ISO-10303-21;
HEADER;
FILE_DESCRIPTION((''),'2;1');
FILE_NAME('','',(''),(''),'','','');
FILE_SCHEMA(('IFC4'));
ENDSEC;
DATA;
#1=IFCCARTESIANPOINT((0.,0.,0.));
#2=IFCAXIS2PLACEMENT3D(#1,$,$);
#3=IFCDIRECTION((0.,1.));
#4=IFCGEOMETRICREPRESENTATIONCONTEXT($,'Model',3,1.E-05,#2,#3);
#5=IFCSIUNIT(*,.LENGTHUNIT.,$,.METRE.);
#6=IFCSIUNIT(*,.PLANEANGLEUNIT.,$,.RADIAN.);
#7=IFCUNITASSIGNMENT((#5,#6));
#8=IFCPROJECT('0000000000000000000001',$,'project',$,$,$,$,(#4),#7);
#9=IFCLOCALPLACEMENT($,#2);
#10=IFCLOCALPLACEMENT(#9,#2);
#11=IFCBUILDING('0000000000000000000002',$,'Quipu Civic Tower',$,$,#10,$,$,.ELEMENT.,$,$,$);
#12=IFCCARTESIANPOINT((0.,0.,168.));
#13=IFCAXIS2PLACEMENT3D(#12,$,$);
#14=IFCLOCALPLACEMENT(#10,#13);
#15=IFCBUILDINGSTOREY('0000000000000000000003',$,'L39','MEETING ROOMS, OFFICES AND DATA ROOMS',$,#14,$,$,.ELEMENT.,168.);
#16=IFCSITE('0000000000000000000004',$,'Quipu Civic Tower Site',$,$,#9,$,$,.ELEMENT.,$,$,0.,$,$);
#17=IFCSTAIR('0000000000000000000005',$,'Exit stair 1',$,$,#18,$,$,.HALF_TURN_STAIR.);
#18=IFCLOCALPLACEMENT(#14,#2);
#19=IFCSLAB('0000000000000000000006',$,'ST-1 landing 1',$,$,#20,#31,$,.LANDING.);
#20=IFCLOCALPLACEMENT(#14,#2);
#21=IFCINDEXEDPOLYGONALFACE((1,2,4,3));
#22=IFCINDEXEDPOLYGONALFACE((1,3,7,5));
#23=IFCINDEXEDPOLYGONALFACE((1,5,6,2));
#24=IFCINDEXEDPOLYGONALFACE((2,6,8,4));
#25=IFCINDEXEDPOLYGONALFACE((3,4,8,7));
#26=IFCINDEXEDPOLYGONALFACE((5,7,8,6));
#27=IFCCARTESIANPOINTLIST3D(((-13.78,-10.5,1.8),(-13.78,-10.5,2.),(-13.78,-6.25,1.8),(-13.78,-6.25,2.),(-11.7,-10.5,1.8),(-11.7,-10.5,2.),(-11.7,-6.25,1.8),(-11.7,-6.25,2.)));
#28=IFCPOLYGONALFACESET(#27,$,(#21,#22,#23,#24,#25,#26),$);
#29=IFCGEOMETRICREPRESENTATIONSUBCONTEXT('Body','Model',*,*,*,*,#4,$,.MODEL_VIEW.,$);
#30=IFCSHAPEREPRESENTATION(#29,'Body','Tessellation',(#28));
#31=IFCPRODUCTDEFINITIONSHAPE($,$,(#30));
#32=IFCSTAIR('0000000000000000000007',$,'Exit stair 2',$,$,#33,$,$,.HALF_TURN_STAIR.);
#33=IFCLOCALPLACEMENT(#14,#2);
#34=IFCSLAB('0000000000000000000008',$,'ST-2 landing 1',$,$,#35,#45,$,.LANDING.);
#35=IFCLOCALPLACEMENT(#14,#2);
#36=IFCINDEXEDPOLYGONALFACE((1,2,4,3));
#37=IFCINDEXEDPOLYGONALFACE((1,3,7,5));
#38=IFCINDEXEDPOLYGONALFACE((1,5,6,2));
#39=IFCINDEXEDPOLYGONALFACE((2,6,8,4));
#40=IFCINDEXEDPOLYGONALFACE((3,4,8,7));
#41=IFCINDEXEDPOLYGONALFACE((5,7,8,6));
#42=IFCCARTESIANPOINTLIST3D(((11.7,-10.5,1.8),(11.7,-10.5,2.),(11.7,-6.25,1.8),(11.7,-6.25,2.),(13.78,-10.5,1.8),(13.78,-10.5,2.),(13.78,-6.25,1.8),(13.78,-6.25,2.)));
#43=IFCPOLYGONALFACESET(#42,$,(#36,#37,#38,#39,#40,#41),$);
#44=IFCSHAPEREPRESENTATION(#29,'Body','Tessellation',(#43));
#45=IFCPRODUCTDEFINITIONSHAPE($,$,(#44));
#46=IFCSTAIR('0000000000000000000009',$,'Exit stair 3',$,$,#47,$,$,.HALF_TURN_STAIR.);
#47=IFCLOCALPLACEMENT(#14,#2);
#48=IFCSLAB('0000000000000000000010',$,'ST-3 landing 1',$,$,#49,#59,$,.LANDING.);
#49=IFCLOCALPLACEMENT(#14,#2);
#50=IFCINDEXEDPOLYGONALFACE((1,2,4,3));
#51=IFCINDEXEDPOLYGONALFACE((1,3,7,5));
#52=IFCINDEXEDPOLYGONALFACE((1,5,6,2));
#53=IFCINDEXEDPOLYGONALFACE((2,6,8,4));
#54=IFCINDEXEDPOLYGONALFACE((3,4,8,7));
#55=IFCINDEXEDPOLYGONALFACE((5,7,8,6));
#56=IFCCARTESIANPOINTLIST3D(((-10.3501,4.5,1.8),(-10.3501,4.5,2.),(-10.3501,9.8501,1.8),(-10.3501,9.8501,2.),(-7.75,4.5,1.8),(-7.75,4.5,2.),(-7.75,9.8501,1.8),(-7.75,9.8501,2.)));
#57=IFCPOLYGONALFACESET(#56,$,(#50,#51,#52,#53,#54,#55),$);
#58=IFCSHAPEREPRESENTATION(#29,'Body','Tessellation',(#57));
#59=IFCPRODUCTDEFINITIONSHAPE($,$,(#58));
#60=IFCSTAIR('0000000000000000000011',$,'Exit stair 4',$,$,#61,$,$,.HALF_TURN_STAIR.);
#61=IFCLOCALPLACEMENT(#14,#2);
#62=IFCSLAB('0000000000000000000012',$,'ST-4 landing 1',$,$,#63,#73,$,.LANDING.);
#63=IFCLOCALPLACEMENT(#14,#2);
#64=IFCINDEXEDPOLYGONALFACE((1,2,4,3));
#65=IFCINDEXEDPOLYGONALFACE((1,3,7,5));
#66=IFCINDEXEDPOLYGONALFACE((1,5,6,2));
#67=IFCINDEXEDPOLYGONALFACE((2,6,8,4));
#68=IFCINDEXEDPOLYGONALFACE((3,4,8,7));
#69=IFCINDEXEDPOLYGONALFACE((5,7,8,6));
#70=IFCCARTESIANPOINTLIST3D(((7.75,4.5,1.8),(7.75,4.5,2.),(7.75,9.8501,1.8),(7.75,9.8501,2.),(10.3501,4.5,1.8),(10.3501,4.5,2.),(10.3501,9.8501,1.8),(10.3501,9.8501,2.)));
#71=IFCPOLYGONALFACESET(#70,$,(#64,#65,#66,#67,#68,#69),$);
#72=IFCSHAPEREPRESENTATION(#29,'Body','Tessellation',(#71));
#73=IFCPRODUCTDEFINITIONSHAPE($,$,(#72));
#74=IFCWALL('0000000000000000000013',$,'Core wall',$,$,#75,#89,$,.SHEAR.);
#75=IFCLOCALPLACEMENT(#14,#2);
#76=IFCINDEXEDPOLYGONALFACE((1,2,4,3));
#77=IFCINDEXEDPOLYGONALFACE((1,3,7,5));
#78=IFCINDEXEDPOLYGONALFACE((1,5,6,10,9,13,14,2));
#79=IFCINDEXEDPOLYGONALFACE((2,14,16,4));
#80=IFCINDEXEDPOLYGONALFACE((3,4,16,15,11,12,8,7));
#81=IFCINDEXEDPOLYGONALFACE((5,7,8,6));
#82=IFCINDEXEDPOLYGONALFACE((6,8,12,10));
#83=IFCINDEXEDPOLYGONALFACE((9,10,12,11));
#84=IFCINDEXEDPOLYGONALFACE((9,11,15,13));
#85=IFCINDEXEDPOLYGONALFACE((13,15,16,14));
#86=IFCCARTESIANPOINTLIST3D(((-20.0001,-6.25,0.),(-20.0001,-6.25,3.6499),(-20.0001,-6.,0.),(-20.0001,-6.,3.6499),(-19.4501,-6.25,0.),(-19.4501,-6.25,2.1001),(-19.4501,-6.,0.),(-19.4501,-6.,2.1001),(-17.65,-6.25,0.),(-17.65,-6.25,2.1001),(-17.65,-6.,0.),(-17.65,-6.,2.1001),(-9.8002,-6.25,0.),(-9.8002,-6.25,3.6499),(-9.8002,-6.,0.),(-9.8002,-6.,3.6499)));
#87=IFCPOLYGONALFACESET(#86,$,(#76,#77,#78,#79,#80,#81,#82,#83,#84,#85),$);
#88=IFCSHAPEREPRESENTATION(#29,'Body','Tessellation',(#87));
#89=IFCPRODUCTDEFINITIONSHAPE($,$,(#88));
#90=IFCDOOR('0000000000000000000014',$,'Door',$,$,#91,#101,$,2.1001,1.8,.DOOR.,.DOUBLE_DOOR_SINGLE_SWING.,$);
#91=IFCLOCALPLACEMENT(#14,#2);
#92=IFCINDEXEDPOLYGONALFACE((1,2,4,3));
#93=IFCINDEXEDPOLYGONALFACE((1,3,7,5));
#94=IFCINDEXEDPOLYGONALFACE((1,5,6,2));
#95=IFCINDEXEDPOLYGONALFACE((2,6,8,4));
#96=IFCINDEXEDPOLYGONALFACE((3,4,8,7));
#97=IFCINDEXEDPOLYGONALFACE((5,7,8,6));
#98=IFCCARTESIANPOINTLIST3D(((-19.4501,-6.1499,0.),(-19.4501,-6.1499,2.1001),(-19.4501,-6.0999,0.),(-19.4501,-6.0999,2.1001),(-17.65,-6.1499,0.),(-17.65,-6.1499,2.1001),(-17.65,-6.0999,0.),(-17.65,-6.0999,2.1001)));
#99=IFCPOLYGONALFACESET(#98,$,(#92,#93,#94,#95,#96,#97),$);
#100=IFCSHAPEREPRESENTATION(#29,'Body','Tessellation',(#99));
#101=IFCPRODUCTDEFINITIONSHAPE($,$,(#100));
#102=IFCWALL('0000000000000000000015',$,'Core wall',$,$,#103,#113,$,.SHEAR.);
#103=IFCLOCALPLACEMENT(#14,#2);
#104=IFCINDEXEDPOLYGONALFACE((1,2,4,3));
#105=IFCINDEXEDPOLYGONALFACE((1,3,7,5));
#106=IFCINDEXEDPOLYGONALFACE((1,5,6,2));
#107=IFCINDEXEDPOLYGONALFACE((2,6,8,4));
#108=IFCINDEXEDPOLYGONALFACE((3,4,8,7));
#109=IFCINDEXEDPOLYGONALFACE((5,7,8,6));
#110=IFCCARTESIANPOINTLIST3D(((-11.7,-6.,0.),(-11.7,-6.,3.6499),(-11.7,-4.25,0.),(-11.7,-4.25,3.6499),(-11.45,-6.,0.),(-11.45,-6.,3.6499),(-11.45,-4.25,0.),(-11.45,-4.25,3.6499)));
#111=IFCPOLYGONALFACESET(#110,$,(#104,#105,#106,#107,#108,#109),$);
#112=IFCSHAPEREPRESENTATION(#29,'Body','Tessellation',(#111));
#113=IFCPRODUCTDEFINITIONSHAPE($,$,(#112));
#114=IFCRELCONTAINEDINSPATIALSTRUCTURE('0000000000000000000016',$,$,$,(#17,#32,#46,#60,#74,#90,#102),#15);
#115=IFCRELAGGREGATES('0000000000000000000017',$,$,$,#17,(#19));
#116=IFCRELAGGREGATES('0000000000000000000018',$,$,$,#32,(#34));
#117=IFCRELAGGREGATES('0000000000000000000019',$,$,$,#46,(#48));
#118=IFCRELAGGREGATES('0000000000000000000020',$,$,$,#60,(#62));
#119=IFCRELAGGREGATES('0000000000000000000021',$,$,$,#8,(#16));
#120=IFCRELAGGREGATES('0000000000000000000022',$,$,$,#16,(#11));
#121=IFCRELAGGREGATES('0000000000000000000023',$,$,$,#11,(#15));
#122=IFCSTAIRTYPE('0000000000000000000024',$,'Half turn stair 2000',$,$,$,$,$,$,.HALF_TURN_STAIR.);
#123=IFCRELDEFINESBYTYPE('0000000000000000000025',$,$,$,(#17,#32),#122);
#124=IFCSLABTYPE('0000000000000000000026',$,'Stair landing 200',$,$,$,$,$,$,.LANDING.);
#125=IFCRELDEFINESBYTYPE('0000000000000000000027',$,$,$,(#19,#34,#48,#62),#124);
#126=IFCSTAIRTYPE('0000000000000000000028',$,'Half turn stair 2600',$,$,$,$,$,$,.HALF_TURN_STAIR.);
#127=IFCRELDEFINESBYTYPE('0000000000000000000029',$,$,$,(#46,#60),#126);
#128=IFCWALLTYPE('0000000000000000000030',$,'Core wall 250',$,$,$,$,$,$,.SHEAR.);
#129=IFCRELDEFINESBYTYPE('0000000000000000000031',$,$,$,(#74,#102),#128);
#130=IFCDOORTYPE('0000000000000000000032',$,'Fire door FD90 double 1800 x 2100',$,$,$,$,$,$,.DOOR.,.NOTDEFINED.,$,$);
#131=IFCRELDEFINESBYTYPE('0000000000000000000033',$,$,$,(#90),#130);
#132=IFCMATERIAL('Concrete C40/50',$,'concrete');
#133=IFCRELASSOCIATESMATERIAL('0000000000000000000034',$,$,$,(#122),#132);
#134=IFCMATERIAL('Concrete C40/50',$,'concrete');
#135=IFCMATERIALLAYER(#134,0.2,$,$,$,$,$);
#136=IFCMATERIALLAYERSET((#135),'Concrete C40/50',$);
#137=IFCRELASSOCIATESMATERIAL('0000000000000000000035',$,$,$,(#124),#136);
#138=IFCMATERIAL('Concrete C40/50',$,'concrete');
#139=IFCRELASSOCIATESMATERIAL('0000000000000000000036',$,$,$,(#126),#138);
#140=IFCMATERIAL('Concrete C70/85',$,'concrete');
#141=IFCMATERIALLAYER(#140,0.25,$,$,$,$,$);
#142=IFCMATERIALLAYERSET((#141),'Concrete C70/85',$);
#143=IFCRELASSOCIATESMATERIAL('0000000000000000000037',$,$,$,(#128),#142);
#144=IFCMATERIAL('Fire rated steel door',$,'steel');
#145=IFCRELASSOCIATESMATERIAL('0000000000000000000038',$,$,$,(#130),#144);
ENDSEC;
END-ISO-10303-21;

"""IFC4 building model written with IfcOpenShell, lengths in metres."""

from ifc_helpers import new_model, si_unit, direction, frame, frame_2d, origin, place, context, subcontext, project, spatial, polyline, rectangle, outline, extrude, material, layer, layer_set, type_object, element, fill, aggregate, save


model = new_model("IFC4")

# Units and contexts
model_context = context("Model", 3, precision=1e-05, world=origin(), true_north=direction((0.0, 1.0)))
body_context = subcontext(model_context, "Body", "Model", "MODEL_VIEW")
ifc_project = project(units=[si_unit("LENGTHUNIT", "METRE"), si_unit("PLANEANGLEUNIT", "RADIAN")], contexts=[model_context])

# Site, building, storey
site_placement = place(None, origin())
site = spatial("IfcSite", under=ifc_project, at=site_placement, Name="Quipu Civic Tower Site", CompositionType="ELEMENT", RefElevation=0.0)
building_placement = place(site_placement, origin())
building = spatial("IfcBuilding", under=site, at=building_placement, Name="Quipu Civic Tower", CompositionType="ELEMENT")
storey_placement = place(building_placement, frame((0.0, 0.0, 168.0)))
storey = spatial("IfcBuildingStorey", under=building, at=storey_placement, Name="L39", Description="MEETING ROOMS, OFFICES AND DATA ROOMS", CompositionType="ELEMENT", Elevation=168.0)

# Stairs, slabs
ifc_material_1 = material(Name="Concrete C40/50", Category="concrete")
stair_type_1 = type_object("IfcStairType", Name="Half turn stair 2000", PredefinedType="HALF_TURN_STAIR", material=ifc_material_1)
stair_1_placement = place(storey_placement, origin())
stair_1 = element("IfcStair", 1, at=stair_1_placement, inside=storey, type_object=stair_type_1, Name="Exit stair 1", PredefinedType="HALF_TURN_STAIR")
ifc_material_2 = material(Name="Concrete C40/50", Category="concrete")
ifc_layer_1 = layer(ifc_material_2, 0.2)
ifc_layer_set_1 = layer_set([ifc_layer_1], Name="Concrete C40/50")
slab_type_1 = type_object("IfcSlabType", Name="Stair landing 200", PredefinedType="LANDING", material=ifc_layer_set_1)
slab_1_placement = place(storey_placement, frame((0.0, 0.0, 1.8)))
slab_1 = element("IfcSlab", 2, at=slab_1_placement, type_object=slab_type_1, Name="ST-1 landing 1", PredefinedType="LANDING", context=body_context, shape_type="SweptSolid", body=[
    extrude(outline(polyline([(-13.78, -10.5), (-11.7, -10.5), (-11.7, -6.25), (-13.78, -6.25), (-13.78, -10.5)])), origin(), (0.0, 0.0, 1.0), 0.2),
])
aggregate(stair_1, [slab_1])
stair_2_placement = place(storey_placement, origin())
stair_2 = element("IfcStair", 3, at=stair_2_placement, inside=storey, type_object=stair_type_1, Name="Exit stair 2", PredefinedType="HALF_TURN_STAIR")
slab_2_placement = place(storey_placement, frame((0.0, 0.0, 1.8)))
slab_2 = element("IfcSlab", 4, at=slab_2_placement, type_object=slab_type_1, Name="ST-2 landing 1", PredefinedType="LANDING", context=body_context, shape_type="SweptSolid", body=[
    extrude(outline(polyline([(13.78, -6.25), (11.7, -6.25), (11.7, -10.5), (13.78, -10.5), (13.78, -6.25)])), origin(), (0.0, 0.0, 1.0), 0.2),
])
aggregate(stair_2, [slab_2])
ifc_material_3 = material(Name="Concrete C40/50", Category="concrete")
stair_type_2 = type_object("IfcStairType", Name="Half turn stair 2600", PredefinedType="HALF_TURN_STAIR", material=ifc_material_3)
stair_3_placement = place(storey_placement, origin())
stair_3 = element("IfcStair", 5, at=stair_3_placement, inside=storey, type_object=stair_type_2, Name="Exit stair 3", PredefinedType="HALF_TURN_STAIR")
slab_3_placement = place(storey_placement, frame((0.0, 0.0, 1.8)))
slab_3 = element("IfcSlab", 6, at=slab_3_placement, type_object=slab_type_1, Name="ST-3 landing 1", PredefinedType="LANDING", context=body_context, shape_type="SweptSolid", body=[
    extrude(outline(polyline([(-10.3501, 4.5), (-7.75, 4.5), (-7.75, 9.8501), (-10.3501, 9.8501), (-10.3501, 4.5)])), origin(), (0.0, 0.0, 1.0), 0.2),
])
aggregate(stair_3, [slab_3])
stair_4_placement = place(storey_placement, origin())
stair_4 = element("IfcStair", 7, at=stair_4_placement, inside=storey, type_object=stair_type_2, Name="Exit stair 4", PredefinedType="HALF_TURN_STAIR")
slab_4_placement = place(storey_placement, frame((0.0, 0.0, 1.8)))
slab_4 = element("IfcSlab", 8, at=slab_4_placement, type_object=slab_type_1, Name="ST-4 landing 1", PredefinedType="LANDING", context=body_context, shape_type="SweptSolid", body=[
    extrude(outline(polyline([(10.3501, 9.8501), (7.75, 9.8501), (7.75, 4.5), (10.3501, 4.5), (10.3501, 9.8501)])), origin(), (0.0, 0.0, 1.0), 0.2),
])
aggregate(stair_4, [slab_4])

# Wall, opening, door
ifc_material_4 = material(Name="Concrete C70/85", Category="concrete")
ifc_layer_2 = layer(ifc_material_4, 0.25)
ifc_layer_set_2 = layer_set([ifc_layer_2], Name="Concrete C70/85")
wall_type_1 = type_object("IfcWallType", Name="Core wall 250", PredefinedType="SHEAR", material=ifc_layer_set_2)
wall_1_placement = place(storey_placement, frame((-9.8, -6.125, 0.0), z_axis=(0.0, 0.0, 1.0), x_axis=(-1.0, 0.0, 0.0)))
wall_1 = element("IfcWall", 9, at=wall_1_placement, inside=storey, type_object=wall_type_1, Name="Core wall", PredefinedType="SHEAR", context=body_context, shape_type="SweptSolid", body=[
    extrude(rectangle(XDim=10.2, YDim=0.25, at=frame_2d((5.1001, 0.0))), origin(), (0.0, 0.0, 1.0), 3.6499),
])
opening_1_placement = place(wall_1_placement, frame((7.8501, 0.0, 0.0)))
opening_1 = element("IfcOpeningElement", 10, at=opening_1_placement, cuts=wall_1, PredefinedType="OPENING", context=body_context, shape_type="SweptSolid", body=[
    extrude(rectangle(XDim=1.8, YDim=2.1001, at=frame_2d((0.8999, 1.05))), frame((0.0, 0.135, 0.0), z_axis=(0.0, -1.0, 0.0), x_axis=(1.0, 0.0, 0.0)), (0.0, 0.0, 1.0), 0.27),
])
ifc_material_5 = material(Name="Fire rated steel door", Category="steel")
door_type_1 = type_object("IfcDoorType", Name="Fire door FD90 double 1800 x 2100", OperationType="NOTDEFINED", PredefinedType="DOOR", material=ifc_material_5)
door_1_placement = place(opening_1_placement, origin())
door_1 = element("IfcDoor", 11, at=door_1_placement, inside=storey, type_object=door_type_1, Name="Door", OperationType="DOUBLE_DOOR_SINGLE_SWING", OverallHeight=2.1001, OverallWidth=1.8, PredefinedType="DOOR", context=body_context, shape_type="SweptSolid", body=[
    extrude(rectangle(XDim=1.8, YDim=2.1001, at=frame_2d((0.8999, 1.05))), frame((0.0, 0.0249, 0.0), z_axis=(0.0, -1.0, 0.0), x_axis=(1.0, 0.0, 0.0)), (0.0, 0.0, 1.0), 0.05),
])
fill(opening_1, door_1)

# Wall
wall_2_placement = place(storey_placement, frame((-11.575, -6.0, 0.0), z_axis=(0.0, 0.0, 1.0), x_axis=(0.0, 1.0, 0.0)))
element("IfcWall", 12, at=wall_2_placement, inside=storey, type_object=wall_type_1, Name="Core wall", PredefinedType="SHEAR", context=body_context, shape_type="SweptSolid", body=[
    extrude(rectangle(XDim=1.75, YDim=0.25, at=frame_2d((0.875, 0.0))), origin(), (0.0, 0.0, 1.0), 3.6499),
])

save(model, "model.ifc")
